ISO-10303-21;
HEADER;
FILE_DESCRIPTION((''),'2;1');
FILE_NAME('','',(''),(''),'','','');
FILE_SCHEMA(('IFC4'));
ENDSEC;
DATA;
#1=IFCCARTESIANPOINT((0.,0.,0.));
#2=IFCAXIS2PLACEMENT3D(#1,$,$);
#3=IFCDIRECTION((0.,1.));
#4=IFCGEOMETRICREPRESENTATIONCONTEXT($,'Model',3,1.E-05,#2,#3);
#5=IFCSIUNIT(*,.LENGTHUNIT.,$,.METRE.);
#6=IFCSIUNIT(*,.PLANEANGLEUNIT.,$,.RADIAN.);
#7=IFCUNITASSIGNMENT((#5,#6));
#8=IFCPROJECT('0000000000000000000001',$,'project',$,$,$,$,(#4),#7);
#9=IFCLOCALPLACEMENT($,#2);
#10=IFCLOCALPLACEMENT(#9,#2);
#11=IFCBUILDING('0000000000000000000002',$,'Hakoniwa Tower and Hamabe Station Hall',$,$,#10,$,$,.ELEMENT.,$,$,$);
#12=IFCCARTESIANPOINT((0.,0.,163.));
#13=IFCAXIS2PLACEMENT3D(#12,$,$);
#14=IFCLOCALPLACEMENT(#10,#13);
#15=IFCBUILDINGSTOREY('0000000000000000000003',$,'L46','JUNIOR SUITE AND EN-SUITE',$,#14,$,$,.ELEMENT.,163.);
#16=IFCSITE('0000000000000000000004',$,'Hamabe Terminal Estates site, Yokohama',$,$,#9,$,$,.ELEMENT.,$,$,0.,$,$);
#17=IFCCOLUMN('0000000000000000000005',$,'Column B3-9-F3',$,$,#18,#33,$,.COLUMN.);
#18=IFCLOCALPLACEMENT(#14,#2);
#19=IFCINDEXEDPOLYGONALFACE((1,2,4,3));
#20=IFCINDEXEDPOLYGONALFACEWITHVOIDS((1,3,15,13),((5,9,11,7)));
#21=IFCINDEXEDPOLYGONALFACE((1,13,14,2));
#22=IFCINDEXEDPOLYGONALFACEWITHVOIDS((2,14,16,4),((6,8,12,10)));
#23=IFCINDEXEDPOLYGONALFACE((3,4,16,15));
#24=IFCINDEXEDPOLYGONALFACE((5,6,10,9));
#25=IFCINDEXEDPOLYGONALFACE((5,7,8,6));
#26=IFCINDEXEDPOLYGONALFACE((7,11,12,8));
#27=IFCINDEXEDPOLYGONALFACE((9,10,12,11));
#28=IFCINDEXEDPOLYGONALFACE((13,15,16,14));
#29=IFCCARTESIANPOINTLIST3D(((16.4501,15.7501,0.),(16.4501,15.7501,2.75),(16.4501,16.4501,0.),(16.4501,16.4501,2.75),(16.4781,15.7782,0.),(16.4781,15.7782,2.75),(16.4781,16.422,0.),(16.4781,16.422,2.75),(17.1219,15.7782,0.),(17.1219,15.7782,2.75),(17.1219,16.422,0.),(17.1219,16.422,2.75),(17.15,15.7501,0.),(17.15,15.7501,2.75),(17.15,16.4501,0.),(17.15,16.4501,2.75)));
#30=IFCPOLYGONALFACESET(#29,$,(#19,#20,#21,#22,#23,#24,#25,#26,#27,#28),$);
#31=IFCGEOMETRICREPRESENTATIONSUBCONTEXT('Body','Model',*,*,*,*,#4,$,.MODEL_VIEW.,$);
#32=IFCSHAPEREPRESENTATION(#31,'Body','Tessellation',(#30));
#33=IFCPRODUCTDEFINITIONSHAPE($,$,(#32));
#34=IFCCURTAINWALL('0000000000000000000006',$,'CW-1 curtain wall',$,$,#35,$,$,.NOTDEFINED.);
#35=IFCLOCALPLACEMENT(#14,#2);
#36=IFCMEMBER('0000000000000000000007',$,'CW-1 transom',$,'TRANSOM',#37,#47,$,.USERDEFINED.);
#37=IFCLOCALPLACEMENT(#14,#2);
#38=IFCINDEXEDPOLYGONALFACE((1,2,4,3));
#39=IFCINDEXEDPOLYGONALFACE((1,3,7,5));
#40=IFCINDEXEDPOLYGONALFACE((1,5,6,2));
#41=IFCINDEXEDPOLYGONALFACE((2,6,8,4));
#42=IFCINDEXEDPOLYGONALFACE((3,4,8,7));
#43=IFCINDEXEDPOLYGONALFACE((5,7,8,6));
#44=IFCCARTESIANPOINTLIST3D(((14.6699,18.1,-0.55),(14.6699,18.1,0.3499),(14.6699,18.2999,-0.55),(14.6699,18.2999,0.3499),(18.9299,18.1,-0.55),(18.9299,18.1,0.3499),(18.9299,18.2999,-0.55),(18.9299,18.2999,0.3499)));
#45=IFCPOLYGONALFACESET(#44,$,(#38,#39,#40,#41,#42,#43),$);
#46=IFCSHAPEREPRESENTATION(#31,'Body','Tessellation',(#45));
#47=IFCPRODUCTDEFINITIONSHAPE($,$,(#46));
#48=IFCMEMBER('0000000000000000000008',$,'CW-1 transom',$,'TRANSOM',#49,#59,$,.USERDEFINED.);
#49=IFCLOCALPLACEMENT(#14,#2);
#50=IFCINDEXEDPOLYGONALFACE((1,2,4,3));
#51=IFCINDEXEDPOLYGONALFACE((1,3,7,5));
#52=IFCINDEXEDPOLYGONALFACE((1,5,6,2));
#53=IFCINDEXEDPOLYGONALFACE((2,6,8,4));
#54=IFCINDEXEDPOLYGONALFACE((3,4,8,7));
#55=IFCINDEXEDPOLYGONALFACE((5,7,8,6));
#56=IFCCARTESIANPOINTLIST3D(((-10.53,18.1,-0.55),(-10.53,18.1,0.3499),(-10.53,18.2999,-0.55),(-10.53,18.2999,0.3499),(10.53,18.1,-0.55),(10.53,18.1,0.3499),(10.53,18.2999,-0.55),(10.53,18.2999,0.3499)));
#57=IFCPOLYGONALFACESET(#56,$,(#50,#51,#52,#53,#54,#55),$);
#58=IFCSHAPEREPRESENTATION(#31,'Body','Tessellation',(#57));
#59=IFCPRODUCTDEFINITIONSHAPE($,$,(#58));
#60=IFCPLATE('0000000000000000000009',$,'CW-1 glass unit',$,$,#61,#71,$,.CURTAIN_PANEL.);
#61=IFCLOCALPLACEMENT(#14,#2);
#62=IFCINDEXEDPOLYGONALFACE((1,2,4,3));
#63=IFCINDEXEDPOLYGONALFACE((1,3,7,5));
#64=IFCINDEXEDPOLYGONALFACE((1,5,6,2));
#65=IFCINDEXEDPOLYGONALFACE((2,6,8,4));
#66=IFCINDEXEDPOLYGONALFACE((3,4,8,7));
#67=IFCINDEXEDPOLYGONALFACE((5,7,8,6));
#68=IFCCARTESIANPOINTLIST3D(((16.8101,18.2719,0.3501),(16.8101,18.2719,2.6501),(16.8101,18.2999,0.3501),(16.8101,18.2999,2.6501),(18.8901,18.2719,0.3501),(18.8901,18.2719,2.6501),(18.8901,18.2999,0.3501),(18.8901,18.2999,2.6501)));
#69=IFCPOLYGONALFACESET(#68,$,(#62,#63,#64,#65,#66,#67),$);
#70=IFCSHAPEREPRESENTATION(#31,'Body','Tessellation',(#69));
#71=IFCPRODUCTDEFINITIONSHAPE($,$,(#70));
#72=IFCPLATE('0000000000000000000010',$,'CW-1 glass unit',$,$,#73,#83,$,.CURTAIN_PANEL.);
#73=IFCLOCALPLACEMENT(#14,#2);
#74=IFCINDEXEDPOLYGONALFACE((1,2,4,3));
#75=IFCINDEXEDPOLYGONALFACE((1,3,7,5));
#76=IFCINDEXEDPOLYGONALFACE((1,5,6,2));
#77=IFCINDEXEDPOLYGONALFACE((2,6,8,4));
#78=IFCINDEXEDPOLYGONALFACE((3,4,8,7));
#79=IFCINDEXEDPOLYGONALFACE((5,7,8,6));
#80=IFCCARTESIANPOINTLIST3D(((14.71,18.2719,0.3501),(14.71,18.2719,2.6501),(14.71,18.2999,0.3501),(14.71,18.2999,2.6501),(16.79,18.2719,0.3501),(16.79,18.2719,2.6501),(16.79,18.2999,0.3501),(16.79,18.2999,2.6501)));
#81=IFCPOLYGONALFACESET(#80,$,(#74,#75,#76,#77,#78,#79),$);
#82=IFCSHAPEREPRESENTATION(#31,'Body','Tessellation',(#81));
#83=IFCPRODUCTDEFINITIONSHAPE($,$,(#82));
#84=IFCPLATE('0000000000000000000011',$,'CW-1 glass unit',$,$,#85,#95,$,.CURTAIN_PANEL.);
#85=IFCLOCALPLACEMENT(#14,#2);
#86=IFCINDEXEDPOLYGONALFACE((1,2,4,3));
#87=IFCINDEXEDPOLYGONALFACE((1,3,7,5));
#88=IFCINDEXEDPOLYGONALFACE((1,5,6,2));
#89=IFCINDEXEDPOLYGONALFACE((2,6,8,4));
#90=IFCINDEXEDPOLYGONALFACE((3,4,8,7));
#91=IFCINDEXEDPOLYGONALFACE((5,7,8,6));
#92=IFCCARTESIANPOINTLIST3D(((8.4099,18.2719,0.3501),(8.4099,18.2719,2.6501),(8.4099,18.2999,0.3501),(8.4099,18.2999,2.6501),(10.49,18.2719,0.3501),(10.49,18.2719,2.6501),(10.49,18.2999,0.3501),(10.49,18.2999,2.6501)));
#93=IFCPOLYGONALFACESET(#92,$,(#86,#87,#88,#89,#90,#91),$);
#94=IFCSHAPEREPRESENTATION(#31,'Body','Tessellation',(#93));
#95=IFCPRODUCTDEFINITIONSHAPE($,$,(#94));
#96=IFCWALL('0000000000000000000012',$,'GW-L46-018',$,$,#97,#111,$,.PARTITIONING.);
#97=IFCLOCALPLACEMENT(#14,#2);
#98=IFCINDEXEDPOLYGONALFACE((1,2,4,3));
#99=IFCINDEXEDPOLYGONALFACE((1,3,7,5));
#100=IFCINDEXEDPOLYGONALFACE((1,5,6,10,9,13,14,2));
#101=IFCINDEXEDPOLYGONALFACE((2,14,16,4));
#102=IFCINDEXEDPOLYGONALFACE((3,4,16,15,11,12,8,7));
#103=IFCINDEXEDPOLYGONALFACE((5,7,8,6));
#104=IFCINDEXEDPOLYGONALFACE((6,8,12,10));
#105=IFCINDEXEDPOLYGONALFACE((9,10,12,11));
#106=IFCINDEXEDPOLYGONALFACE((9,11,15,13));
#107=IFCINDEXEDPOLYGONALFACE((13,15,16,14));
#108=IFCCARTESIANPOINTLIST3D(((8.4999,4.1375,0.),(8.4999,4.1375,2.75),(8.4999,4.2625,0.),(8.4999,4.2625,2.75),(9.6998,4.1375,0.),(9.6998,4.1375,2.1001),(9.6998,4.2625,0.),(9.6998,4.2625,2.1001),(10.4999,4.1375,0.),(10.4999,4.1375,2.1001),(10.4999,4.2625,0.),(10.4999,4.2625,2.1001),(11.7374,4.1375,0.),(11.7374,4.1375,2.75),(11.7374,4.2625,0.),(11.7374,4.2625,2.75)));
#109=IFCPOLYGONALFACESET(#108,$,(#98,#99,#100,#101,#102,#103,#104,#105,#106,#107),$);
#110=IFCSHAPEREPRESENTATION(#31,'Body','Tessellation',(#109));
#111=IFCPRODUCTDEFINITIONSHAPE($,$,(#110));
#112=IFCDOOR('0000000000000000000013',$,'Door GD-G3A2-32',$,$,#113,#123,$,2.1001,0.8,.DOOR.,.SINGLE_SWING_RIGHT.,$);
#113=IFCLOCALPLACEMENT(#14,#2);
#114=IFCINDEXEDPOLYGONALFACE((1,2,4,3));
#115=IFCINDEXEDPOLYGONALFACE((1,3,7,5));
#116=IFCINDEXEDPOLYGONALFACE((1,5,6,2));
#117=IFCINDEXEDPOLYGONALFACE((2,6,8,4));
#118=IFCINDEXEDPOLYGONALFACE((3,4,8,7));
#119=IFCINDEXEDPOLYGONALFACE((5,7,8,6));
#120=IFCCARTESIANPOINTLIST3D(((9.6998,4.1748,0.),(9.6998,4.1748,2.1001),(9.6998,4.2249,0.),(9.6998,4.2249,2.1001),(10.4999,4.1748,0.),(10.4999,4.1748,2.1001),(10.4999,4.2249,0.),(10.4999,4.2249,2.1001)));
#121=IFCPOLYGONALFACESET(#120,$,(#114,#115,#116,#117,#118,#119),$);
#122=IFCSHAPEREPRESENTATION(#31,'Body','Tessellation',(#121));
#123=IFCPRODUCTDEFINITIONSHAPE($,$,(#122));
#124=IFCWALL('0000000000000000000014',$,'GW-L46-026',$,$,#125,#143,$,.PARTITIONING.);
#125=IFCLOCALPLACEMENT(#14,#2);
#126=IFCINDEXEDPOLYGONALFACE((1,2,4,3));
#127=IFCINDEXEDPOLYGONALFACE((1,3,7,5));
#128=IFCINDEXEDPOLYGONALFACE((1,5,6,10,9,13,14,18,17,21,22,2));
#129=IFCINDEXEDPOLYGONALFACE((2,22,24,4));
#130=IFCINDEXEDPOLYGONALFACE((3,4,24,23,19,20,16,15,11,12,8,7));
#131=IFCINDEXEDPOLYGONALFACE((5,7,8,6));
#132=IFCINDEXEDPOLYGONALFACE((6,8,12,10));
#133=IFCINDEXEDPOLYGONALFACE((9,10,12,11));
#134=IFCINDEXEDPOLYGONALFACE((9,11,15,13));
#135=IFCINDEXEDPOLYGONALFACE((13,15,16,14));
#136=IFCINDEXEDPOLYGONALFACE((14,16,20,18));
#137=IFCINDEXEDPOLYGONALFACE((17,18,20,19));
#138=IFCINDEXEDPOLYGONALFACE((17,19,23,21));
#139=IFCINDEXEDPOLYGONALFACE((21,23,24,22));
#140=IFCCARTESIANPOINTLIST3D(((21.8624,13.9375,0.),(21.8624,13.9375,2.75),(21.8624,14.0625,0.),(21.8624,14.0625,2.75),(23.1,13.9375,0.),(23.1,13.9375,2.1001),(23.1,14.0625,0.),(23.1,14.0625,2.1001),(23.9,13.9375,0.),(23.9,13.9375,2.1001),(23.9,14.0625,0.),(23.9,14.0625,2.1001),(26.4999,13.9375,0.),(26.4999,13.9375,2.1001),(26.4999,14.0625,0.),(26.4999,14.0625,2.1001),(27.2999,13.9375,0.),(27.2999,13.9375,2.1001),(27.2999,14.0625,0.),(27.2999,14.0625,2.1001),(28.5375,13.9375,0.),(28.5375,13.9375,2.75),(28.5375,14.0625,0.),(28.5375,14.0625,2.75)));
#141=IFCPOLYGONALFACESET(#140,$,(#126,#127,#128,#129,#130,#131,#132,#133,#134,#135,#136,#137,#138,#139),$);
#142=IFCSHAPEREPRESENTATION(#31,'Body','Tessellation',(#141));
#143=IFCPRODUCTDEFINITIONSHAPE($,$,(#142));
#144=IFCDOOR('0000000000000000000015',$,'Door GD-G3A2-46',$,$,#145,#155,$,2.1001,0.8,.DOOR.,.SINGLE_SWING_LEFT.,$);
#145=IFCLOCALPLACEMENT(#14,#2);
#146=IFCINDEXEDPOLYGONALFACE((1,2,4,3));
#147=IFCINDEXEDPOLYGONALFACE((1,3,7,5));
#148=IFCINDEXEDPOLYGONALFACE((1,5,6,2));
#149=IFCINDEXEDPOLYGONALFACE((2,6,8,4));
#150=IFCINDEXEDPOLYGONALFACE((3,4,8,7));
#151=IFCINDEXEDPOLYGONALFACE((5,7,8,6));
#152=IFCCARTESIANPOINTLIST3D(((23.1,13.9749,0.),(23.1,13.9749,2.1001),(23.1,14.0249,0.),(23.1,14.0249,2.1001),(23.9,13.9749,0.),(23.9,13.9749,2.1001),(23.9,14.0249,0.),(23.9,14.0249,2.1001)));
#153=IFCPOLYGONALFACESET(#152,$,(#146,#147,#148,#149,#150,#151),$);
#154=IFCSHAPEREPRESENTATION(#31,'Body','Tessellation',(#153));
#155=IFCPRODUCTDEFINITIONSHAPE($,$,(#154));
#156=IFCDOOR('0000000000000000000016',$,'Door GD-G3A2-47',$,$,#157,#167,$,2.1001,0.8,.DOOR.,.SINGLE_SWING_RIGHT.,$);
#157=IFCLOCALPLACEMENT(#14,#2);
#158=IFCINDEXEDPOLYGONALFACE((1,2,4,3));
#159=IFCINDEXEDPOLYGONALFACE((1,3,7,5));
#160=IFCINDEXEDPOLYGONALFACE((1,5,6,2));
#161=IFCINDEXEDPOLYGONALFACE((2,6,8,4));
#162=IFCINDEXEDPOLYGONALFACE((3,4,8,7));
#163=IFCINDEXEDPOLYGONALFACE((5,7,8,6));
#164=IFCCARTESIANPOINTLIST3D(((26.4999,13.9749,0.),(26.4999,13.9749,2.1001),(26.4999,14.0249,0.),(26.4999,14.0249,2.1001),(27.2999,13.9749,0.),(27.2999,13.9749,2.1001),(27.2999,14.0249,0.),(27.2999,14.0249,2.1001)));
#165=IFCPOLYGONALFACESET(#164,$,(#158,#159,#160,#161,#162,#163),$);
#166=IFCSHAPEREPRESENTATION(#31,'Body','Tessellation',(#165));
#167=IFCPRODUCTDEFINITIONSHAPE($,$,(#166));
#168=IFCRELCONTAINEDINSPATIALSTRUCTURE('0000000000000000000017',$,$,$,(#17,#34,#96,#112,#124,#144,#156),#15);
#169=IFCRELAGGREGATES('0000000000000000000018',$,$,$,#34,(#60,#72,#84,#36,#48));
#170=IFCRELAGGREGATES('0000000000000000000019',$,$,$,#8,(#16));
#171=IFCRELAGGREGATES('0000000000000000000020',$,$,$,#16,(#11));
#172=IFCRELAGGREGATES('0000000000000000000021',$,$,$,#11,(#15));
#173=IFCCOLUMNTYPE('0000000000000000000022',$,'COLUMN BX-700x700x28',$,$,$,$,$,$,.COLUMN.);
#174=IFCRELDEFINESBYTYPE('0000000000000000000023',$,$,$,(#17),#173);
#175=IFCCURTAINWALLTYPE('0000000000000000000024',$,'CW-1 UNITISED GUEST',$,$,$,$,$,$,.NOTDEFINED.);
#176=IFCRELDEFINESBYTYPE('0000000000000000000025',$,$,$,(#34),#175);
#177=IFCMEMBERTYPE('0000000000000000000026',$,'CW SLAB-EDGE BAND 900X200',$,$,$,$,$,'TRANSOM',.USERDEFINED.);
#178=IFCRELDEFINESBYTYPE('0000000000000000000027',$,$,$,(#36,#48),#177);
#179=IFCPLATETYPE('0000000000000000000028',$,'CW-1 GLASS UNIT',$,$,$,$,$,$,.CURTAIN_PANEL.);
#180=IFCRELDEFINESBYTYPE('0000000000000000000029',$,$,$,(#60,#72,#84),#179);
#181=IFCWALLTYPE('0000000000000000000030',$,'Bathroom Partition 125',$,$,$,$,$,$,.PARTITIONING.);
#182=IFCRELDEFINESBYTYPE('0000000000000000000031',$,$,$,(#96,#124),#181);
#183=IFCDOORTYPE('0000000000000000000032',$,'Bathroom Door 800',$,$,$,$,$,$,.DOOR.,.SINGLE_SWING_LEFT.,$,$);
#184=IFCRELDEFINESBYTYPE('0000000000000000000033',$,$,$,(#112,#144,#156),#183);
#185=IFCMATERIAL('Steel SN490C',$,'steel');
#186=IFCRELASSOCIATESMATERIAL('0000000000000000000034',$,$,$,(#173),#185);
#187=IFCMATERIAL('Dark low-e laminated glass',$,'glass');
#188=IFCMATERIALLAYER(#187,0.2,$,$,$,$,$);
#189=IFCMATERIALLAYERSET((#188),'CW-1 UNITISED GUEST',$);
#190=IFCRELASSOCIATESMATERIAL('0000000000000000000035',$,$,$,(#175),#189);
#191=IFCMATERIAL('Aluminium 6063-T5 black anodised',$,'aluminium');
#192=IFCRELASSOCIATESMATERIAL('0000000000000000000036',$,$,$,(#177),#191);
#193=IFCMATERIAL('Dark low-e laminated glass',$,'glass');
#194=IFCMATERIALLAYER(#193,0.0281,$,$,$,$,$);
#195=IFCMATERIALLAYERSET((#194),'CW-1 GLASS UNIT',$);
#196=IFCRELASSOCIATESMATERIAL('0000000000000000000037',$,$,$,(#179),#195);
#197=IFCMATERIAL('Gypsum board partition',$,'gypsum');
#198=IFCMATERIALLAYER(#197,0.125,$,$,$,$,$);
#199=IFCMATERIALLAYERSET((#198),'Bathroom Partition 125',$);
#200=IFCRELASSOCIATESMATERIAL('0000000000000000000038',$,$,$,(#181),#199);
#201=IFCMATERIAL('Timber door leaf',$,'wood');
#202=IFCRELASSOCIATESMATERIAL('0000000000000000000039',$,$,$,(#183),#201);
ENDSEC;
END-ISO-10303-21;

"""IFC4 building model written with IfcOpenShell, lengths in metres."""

from ifc_helpers import new_model, si_unit, direction, frame, frame_2d, origin, origin_2d, place, context, subcontext, project, spatial, rectangle, hollow_rectangle, extrude, material, layer, layer_set, material_profile, profile_set, type_object, element, fill, aggregate, save


model = new_model("IFC4")

# Units and contexts
model_context = context("Model", 3, precision=1e-05, world=origin(), true_north=direction((0.0, 1.0)))
body_context = subcontext(model_context, "Body", "Model", "MODEL_VIEW")
ifc_project = project(units=[si_unit("LENGTHUNIT", "METRE"), si_unit("PLANEANGLEUNIT", "RADIAN")], contexts=[model_context])

# Site, building, storey
site_placement = place(None, origin())
site = spatial("IfcSite", under=ifc_project, at=site_placement, Name="Hamabe Terminal Estates site, Yokohama", CompositionType="ELEMENT", RefElevation=0.0)
building_placement = place(site_placement, origin())
building = spatial("IfcBuilding", under=site, at=building_placement, Name="Hakoniwa Tower and Hamabe Station Hall", CompositionType="ELEMENT")
storey_placement = place(building_placement, frame((0.0, 0.0, 163.0)))
storey = spatial("IfcBuildingStorey", under=building, at=storey_placement, Name="L46", Description="JUNIOR SUITE AND EN-SUITE", CompositionType="ELEMENT", Elevation=163.0)

# Column
ifc_material_1 = material(Name="Steel SN490C", Category="steel")
ifc_material_profile_1 = material_profile(ifc_material_1, hollow_rectangle(XDim=0.7, YDim=0.7, WallThickness=0.0281, at=origin_2d()), Name="BX-700x700x28")
ifc_profile_set_1 = profile_set([ifc_material_profile_1], Name="Steel SN490C")
column_type = type_object("IfcColumnType", Name="COLUMN BX-700x700x28", PredefinedType="COLUMN", material=ifc_profile_set_1)
column_placement = place(storey_placement, frame((16.8, 16.1001, 0.0), z_axis=(0.0, 0.0, 1.0), x_axis=(1.0, 0.0, 0.0)))
element("IfcColumn", 1, at=column_placement, inside=storey, type_object=column_type, Name="Column B3-9-F3", PredefinedType="COLUMN", context=body_context, shape_type="SweptSolid", body=[
    extrude(hollow_rectangle(XDim=0.7, YDim=0.7, WallThickness=0.0281, at=origin_2d()), origin(), (0.0, 0.0, 1.0), 2.75),
])

# Curtain wall, members, plates
ifc_material_2 = material(Name="Dark low-e laminated glass", Category="glass")
ifc_layer_1 = layer(ifc_material_2, 0.2)
ifc_layer_set_1 = layer_set([ifc_layer_1], Name="CW-1 UNITISED GUEST")
curtain_wall_type = type_object("IfcCurtainWallType", Name="CW-1 UNITISED GUEST", PredefinedType="NOTDEFINED", material=ifc_layer_set_1)
curtain_wall_placement = place(storey_placement, origin())
curtain_wall = element("IfcCurtainWall", 2, at=curtain_wall_placement, inside=storey, type_object=curtain_wall_type, Name="CW-1 curtain wall", PredefinedType="NOTDEFINED")
ifc_material_3 = material(Name="Aluminium 6063-T5 black anodised", Category="aluminium")
ifc_material_profile_2 = material_profile(ifc_material_3, rectangle(XDim=0.2, YDim=0.8999, at=origin_2d()), Name="CW SLAB-EDGE BAND 900X200")
ifc_profile_set_2 = profile_set([ifc_material_profile_2], Name="Aluminium 6063-T5 black anodised")
member_type = type_object("IfcMemberType", Name="CW SLAB-EDGE BAND 900X200", ElementType="TRANSOM", PredefinedType="USERDEFINED", material=ifc_profile_set_2)
member_1_placement = place(storey_placement, frame((18.9299, 18.2, -0.1001), z_axis=(-1.0, 0.0, 0.0), x_axis=(0.0, -1.0, 0.0)))
member_1 = element("IfcMember", 3, at=member_1_placement, type_object=member_type, Name="CW-1 transom", ObjectType="TRANSOM", PredefinedType="USERDEFINED", context=body_context, shape_type="SweptSolid", body=[
    extrude(rectangle(XDim=0.2, YDim=0.8999, at=origin_2d()), origin(), (0.0, 0.0, 1.0), 4.26),
])
member_2_placement = place(storey_placement, frame((10.53, 18.2, -0.1001), z_axis=(-1.0, 0.0, 0.0), x_axis=(0.0, -1.0, 0.0)))
member_2 = element("IfcMember", 4, at=member_2_placement, type_object=member_type, Name="CW-1 transom", ObjectType="TRANSOM", PredefinedType="USERDEFINED", context=body_context, shape_type="SweptSolid", body=[
    extrude(rectangle(XDim=0.2, YDim=0.8999, at=origin_2d()), origin(), (0.0, 0.0, 1.0), 21.0601),
])
ifc_material_4 = material(Name="Dark low-e laminated glass", Category="glass")
ifc_layer_2 = layer(ifc_material_4, 0.0281)
ifc_layer_set_2 = layer_set([ifc_layer_2], Name="CW-1 GLASS UNIT")
plate_type = type_object("IfcPlateType", Name="CW-1 GLASS UNIT", PredefinedType="CURTAIN_PANEL", material=ifc_layer_set_2)
plate_1_placement = place(storey_placement, frame((17.8501, 18.2859, 0.3501), z_axis=(0.0, 0.0, 1.0), x_axis=(-1.0, 0.0, 0.0)))
plate_1 = element("IfcPlate", 5, at=plate_1_placement, type_object=plate_type, Name="CW-1 glass unit", PredefinedType="CURTAIN_PANEL", context=body_context, shape_type="SweptSolid", body=[
    extrude(rectangle(XDim=2.0801, YDim=0.0281, at=origin_2d()), origin(), (0.0, 0.0, 1.0), 2.3),
])
plate_2_placement = place(storey_placement, frame((15.75, 18.2859, 0.3501), z_axis=(0.0, 0.0, 1.0), x_axis=(-1.0, 0.0, 0.0)))
plate_2 = element("IfcPlate", 6, at=plate_2_placement, type_object=plate_type, Name="CW-1 glass unit", PredefinedType="CURTAIN_PANEL", context=body_context, shape_type="SweptSolid", body=[
    extrude(rectangle(XDim=2.0801, YDim=0.0281, at=origin_2d()), origin(), (0.0, 0.0, 1.0), 2.3),
])
plate_3_placement = place(storey_placement, frame((9.45, 18.2859, 0.3501), z_axis=(0.0, 0.0, 1.0), x_axis=(-1.0, 0.0, 0.0)))
plate_3 = element("IfcPlate", 7, at=plate_3_placement, type_object=plate_type, Name="CW-1 glass unit", PredefinedType="CURTAIN_PANEL", context=body_context, shape_type="SweptSolid", body=[
    extrude(rectangle(XDim=2.0801, YDim=0.0281, at=origin_2d()), origin(), (0.0, 0.0, 1.0), 2.3),
])

# Wall, opening, door
ifc_material_5 = material(Name="Gypsum board partition", Category="gypsum")
ifc_layer_3 = layer(ifc_material_5, 0.125)
ifc_layer_set_3 = layer_set([ifc_layer_3], Name="Bathroom Partition 125")
wall_type_1 = type_object("IfcWallType", Name="Bathroom Partition 125", PredefinedType="PARTITIONING", material=ifc_layer_set_3)
wall_1_placement = place(storey_placement, frame((8.5, 4.2, 0.0), z_axis=(0.0, 0.0, 1.0), x_axis=(1.0, 0.0, 0.0)))
wall_1 = element("IfcWall", 8, at=wall_1_placement, inside=storey, type_object=wall_type_1, Name="GW-L46-018", PredefinedType="PARTITIONING", context=body_context, shape_type="SweptSolid", body=[
    extrude(rectangle(XDim=3.2375, YDim=0.125, at=frame_2d((1.6187, 0.0))), origin(), (0.0, 0.0, 1.0), 2.75),
])
opening_1_placement = place(wall_1_placement, frame((1.2, 0.0, 0.0)))
opening_1 = element("IfcOpeningElement", 9, at=opening_1_placement, cuts=wall_1, PredefinedType="OPENING", context=body_context, shape_type="SweptSolid", body=[
    extrude(rectangle(XDim=0.8, YDim=2.1001, at=frame_2d((0.3999, 1.05))), frame((0.0, 0.0725, 0.0), z_axis=(0.0, -1.0, 0.0), x_axis=(1.0, 0.0, 0.0)), (0.0, 0.0, 1.0), 0.145),
])
ifc_material_6 = material(Name="Timber door leaf", Category="wood")
door_type_1 = type_object("IfcDoorType", Name="Bathroom Door 800", OperationType="SINGLE_SWING_LEFT", PredefinedType="DOOR", material=ifc_material_6)
door_1_placement = place(opening_1_placement, origin())
door_1 = element("IfcDoor", 10, at=door_1_placement, inside=storey, type_object=door_type_1, Name="Door GD-G3A2-32", OperationType="SINGLE_SWING_RIGHT", OverallHeight=2.1001, OverallWidth=0.8, PredefinedType="DOOR", context=body_context, shape_type="SweptSolid", body=[
    extrude(rectangle(XDim=0.8, YDim=2.1001, at=frame_2d((0.3999, 1.05))), frame((0.0, 0.0249, 0.0), z_axis=(0.0, -1.0, 0.0), x_axis=(1.0, 0.0, 0.0)), (0.0, 0.0, 1.0), 0.05),
])
fill(opening_1, door_1)

# Wall, openings, doors
wall_2_placement = place(storey_placement, frame((21.8625, 14.0, 0.0), z_axis=(0.0, 0.0, 1.0), x_axis=(1.0, 0.0, 0.0)))
wall_2 = element("IfcWall", 11, at=wall_2_placement, inside=storey, type_object=wall_type_1, Name="GW-L46-026", PredefinedType="PARTITIONING", context=body_context, shape_type="SweptSolid", body=[
    extrude(rectangle(XDim=6.675, YDim=0.125, at=frame_2d((3.3374, 0.0))), origin(), (0.0, 0.0, 1.0), 2.75),
])
opening_2_placement = place(wall_2_placement, frame((1.2375, 0.0, 0.0)))
opening_2 = element("IfcOpeningElement", 12, at=opening_2_placement, cuts=wall_2, PredefinedType="OPENING", context=body_context, shape_type="SweptSolid", body=[
    extrude(rectangle(XDim=0.8, YDim=2.1001, at=frame_2d((0.3999, 1.05))), frame((0.0, 0.0725, 0.0), z_axis=(0.0, -1.0, 0.0), x_axis=(1.0, 0.0, 0.0)), (0.0, 0.0, 1.0), 0.145),
])
opening_3_placement = place(wall_2_placement, frame((4.6375, 0.0, 0.0)))
opening_3 = element("IfcOpeningElement", 13, at=opening_3_placement, cuts=wall_2, PredefinedType="OPENING", context=body_context, shape_type="SweptSolid", body=[
    extrude(rectangle(XDim=0.8, YDim=2.1001, at=frame_2d((0.3999, 1.05))), frame((0.0, 0.0725, 0.0), z_axis=(0.0, -1.0, 0.0), x_axis=(1.0, 0.0, 0.0)), (0.0, 0.0, 1.0), 0.145),
])
door_2_placement = place(opening_2_placement, origin())
door_2 = element("IfcDoor", 14, at=door_2_placement, inside=storey, type_object=door_type_1, Name="Door GD-G3A2-46", OperationType="SINGLE_SWING_LEFT", OverallHeight=2.1001, OverallWidth=0.8, PredefinedType="DOOR", context=body_context, shape_type="SweptSolid", body=[
    extrude(rectangle(XDim=0.8, YDim=2.1001, at=frame_2d((0.3999, 1.05))), frame((0.0, 0.0249, 0.0), z_axis=(0.0, -1.0, 0.0), x_axis=(1.0, 0.0, 0.0)), (0.0, 0.0, 1.0), 0.05),
])
fill(opening_2, door_2)
door_3_placement = place(opening_3_placement, origin())
door_3 = element("IfcDoor", 15, at=door_3_placement, inside=storey, type_object=door_type_1, Name="Door GD-G3A2-47", OperationType="SINGLE_SWING_RIGHT", OverallHeight=2.1001, OverallWidth=0.8, PredefinedType="DOOR", context=body_context, shape_type="SweptSolid", body=[
    extrude(rectangle(XDim=0.8, YDim=2.1001, at=frame_2d((0.3999, 1.05))), frame((0.0, 0.0249, 0.0), z_axis=(0.0, -1.0, 0.0), x_axis=(1.0, 0.0, 0.0)), (0.0, 0.0, 1.0), 0.05),
])
fill(opening_3, door_3)

aggregate(curtain_wall, [plate_1, plate_2, plate_3, member_1, member_2])

save(model, "model.ifc")
